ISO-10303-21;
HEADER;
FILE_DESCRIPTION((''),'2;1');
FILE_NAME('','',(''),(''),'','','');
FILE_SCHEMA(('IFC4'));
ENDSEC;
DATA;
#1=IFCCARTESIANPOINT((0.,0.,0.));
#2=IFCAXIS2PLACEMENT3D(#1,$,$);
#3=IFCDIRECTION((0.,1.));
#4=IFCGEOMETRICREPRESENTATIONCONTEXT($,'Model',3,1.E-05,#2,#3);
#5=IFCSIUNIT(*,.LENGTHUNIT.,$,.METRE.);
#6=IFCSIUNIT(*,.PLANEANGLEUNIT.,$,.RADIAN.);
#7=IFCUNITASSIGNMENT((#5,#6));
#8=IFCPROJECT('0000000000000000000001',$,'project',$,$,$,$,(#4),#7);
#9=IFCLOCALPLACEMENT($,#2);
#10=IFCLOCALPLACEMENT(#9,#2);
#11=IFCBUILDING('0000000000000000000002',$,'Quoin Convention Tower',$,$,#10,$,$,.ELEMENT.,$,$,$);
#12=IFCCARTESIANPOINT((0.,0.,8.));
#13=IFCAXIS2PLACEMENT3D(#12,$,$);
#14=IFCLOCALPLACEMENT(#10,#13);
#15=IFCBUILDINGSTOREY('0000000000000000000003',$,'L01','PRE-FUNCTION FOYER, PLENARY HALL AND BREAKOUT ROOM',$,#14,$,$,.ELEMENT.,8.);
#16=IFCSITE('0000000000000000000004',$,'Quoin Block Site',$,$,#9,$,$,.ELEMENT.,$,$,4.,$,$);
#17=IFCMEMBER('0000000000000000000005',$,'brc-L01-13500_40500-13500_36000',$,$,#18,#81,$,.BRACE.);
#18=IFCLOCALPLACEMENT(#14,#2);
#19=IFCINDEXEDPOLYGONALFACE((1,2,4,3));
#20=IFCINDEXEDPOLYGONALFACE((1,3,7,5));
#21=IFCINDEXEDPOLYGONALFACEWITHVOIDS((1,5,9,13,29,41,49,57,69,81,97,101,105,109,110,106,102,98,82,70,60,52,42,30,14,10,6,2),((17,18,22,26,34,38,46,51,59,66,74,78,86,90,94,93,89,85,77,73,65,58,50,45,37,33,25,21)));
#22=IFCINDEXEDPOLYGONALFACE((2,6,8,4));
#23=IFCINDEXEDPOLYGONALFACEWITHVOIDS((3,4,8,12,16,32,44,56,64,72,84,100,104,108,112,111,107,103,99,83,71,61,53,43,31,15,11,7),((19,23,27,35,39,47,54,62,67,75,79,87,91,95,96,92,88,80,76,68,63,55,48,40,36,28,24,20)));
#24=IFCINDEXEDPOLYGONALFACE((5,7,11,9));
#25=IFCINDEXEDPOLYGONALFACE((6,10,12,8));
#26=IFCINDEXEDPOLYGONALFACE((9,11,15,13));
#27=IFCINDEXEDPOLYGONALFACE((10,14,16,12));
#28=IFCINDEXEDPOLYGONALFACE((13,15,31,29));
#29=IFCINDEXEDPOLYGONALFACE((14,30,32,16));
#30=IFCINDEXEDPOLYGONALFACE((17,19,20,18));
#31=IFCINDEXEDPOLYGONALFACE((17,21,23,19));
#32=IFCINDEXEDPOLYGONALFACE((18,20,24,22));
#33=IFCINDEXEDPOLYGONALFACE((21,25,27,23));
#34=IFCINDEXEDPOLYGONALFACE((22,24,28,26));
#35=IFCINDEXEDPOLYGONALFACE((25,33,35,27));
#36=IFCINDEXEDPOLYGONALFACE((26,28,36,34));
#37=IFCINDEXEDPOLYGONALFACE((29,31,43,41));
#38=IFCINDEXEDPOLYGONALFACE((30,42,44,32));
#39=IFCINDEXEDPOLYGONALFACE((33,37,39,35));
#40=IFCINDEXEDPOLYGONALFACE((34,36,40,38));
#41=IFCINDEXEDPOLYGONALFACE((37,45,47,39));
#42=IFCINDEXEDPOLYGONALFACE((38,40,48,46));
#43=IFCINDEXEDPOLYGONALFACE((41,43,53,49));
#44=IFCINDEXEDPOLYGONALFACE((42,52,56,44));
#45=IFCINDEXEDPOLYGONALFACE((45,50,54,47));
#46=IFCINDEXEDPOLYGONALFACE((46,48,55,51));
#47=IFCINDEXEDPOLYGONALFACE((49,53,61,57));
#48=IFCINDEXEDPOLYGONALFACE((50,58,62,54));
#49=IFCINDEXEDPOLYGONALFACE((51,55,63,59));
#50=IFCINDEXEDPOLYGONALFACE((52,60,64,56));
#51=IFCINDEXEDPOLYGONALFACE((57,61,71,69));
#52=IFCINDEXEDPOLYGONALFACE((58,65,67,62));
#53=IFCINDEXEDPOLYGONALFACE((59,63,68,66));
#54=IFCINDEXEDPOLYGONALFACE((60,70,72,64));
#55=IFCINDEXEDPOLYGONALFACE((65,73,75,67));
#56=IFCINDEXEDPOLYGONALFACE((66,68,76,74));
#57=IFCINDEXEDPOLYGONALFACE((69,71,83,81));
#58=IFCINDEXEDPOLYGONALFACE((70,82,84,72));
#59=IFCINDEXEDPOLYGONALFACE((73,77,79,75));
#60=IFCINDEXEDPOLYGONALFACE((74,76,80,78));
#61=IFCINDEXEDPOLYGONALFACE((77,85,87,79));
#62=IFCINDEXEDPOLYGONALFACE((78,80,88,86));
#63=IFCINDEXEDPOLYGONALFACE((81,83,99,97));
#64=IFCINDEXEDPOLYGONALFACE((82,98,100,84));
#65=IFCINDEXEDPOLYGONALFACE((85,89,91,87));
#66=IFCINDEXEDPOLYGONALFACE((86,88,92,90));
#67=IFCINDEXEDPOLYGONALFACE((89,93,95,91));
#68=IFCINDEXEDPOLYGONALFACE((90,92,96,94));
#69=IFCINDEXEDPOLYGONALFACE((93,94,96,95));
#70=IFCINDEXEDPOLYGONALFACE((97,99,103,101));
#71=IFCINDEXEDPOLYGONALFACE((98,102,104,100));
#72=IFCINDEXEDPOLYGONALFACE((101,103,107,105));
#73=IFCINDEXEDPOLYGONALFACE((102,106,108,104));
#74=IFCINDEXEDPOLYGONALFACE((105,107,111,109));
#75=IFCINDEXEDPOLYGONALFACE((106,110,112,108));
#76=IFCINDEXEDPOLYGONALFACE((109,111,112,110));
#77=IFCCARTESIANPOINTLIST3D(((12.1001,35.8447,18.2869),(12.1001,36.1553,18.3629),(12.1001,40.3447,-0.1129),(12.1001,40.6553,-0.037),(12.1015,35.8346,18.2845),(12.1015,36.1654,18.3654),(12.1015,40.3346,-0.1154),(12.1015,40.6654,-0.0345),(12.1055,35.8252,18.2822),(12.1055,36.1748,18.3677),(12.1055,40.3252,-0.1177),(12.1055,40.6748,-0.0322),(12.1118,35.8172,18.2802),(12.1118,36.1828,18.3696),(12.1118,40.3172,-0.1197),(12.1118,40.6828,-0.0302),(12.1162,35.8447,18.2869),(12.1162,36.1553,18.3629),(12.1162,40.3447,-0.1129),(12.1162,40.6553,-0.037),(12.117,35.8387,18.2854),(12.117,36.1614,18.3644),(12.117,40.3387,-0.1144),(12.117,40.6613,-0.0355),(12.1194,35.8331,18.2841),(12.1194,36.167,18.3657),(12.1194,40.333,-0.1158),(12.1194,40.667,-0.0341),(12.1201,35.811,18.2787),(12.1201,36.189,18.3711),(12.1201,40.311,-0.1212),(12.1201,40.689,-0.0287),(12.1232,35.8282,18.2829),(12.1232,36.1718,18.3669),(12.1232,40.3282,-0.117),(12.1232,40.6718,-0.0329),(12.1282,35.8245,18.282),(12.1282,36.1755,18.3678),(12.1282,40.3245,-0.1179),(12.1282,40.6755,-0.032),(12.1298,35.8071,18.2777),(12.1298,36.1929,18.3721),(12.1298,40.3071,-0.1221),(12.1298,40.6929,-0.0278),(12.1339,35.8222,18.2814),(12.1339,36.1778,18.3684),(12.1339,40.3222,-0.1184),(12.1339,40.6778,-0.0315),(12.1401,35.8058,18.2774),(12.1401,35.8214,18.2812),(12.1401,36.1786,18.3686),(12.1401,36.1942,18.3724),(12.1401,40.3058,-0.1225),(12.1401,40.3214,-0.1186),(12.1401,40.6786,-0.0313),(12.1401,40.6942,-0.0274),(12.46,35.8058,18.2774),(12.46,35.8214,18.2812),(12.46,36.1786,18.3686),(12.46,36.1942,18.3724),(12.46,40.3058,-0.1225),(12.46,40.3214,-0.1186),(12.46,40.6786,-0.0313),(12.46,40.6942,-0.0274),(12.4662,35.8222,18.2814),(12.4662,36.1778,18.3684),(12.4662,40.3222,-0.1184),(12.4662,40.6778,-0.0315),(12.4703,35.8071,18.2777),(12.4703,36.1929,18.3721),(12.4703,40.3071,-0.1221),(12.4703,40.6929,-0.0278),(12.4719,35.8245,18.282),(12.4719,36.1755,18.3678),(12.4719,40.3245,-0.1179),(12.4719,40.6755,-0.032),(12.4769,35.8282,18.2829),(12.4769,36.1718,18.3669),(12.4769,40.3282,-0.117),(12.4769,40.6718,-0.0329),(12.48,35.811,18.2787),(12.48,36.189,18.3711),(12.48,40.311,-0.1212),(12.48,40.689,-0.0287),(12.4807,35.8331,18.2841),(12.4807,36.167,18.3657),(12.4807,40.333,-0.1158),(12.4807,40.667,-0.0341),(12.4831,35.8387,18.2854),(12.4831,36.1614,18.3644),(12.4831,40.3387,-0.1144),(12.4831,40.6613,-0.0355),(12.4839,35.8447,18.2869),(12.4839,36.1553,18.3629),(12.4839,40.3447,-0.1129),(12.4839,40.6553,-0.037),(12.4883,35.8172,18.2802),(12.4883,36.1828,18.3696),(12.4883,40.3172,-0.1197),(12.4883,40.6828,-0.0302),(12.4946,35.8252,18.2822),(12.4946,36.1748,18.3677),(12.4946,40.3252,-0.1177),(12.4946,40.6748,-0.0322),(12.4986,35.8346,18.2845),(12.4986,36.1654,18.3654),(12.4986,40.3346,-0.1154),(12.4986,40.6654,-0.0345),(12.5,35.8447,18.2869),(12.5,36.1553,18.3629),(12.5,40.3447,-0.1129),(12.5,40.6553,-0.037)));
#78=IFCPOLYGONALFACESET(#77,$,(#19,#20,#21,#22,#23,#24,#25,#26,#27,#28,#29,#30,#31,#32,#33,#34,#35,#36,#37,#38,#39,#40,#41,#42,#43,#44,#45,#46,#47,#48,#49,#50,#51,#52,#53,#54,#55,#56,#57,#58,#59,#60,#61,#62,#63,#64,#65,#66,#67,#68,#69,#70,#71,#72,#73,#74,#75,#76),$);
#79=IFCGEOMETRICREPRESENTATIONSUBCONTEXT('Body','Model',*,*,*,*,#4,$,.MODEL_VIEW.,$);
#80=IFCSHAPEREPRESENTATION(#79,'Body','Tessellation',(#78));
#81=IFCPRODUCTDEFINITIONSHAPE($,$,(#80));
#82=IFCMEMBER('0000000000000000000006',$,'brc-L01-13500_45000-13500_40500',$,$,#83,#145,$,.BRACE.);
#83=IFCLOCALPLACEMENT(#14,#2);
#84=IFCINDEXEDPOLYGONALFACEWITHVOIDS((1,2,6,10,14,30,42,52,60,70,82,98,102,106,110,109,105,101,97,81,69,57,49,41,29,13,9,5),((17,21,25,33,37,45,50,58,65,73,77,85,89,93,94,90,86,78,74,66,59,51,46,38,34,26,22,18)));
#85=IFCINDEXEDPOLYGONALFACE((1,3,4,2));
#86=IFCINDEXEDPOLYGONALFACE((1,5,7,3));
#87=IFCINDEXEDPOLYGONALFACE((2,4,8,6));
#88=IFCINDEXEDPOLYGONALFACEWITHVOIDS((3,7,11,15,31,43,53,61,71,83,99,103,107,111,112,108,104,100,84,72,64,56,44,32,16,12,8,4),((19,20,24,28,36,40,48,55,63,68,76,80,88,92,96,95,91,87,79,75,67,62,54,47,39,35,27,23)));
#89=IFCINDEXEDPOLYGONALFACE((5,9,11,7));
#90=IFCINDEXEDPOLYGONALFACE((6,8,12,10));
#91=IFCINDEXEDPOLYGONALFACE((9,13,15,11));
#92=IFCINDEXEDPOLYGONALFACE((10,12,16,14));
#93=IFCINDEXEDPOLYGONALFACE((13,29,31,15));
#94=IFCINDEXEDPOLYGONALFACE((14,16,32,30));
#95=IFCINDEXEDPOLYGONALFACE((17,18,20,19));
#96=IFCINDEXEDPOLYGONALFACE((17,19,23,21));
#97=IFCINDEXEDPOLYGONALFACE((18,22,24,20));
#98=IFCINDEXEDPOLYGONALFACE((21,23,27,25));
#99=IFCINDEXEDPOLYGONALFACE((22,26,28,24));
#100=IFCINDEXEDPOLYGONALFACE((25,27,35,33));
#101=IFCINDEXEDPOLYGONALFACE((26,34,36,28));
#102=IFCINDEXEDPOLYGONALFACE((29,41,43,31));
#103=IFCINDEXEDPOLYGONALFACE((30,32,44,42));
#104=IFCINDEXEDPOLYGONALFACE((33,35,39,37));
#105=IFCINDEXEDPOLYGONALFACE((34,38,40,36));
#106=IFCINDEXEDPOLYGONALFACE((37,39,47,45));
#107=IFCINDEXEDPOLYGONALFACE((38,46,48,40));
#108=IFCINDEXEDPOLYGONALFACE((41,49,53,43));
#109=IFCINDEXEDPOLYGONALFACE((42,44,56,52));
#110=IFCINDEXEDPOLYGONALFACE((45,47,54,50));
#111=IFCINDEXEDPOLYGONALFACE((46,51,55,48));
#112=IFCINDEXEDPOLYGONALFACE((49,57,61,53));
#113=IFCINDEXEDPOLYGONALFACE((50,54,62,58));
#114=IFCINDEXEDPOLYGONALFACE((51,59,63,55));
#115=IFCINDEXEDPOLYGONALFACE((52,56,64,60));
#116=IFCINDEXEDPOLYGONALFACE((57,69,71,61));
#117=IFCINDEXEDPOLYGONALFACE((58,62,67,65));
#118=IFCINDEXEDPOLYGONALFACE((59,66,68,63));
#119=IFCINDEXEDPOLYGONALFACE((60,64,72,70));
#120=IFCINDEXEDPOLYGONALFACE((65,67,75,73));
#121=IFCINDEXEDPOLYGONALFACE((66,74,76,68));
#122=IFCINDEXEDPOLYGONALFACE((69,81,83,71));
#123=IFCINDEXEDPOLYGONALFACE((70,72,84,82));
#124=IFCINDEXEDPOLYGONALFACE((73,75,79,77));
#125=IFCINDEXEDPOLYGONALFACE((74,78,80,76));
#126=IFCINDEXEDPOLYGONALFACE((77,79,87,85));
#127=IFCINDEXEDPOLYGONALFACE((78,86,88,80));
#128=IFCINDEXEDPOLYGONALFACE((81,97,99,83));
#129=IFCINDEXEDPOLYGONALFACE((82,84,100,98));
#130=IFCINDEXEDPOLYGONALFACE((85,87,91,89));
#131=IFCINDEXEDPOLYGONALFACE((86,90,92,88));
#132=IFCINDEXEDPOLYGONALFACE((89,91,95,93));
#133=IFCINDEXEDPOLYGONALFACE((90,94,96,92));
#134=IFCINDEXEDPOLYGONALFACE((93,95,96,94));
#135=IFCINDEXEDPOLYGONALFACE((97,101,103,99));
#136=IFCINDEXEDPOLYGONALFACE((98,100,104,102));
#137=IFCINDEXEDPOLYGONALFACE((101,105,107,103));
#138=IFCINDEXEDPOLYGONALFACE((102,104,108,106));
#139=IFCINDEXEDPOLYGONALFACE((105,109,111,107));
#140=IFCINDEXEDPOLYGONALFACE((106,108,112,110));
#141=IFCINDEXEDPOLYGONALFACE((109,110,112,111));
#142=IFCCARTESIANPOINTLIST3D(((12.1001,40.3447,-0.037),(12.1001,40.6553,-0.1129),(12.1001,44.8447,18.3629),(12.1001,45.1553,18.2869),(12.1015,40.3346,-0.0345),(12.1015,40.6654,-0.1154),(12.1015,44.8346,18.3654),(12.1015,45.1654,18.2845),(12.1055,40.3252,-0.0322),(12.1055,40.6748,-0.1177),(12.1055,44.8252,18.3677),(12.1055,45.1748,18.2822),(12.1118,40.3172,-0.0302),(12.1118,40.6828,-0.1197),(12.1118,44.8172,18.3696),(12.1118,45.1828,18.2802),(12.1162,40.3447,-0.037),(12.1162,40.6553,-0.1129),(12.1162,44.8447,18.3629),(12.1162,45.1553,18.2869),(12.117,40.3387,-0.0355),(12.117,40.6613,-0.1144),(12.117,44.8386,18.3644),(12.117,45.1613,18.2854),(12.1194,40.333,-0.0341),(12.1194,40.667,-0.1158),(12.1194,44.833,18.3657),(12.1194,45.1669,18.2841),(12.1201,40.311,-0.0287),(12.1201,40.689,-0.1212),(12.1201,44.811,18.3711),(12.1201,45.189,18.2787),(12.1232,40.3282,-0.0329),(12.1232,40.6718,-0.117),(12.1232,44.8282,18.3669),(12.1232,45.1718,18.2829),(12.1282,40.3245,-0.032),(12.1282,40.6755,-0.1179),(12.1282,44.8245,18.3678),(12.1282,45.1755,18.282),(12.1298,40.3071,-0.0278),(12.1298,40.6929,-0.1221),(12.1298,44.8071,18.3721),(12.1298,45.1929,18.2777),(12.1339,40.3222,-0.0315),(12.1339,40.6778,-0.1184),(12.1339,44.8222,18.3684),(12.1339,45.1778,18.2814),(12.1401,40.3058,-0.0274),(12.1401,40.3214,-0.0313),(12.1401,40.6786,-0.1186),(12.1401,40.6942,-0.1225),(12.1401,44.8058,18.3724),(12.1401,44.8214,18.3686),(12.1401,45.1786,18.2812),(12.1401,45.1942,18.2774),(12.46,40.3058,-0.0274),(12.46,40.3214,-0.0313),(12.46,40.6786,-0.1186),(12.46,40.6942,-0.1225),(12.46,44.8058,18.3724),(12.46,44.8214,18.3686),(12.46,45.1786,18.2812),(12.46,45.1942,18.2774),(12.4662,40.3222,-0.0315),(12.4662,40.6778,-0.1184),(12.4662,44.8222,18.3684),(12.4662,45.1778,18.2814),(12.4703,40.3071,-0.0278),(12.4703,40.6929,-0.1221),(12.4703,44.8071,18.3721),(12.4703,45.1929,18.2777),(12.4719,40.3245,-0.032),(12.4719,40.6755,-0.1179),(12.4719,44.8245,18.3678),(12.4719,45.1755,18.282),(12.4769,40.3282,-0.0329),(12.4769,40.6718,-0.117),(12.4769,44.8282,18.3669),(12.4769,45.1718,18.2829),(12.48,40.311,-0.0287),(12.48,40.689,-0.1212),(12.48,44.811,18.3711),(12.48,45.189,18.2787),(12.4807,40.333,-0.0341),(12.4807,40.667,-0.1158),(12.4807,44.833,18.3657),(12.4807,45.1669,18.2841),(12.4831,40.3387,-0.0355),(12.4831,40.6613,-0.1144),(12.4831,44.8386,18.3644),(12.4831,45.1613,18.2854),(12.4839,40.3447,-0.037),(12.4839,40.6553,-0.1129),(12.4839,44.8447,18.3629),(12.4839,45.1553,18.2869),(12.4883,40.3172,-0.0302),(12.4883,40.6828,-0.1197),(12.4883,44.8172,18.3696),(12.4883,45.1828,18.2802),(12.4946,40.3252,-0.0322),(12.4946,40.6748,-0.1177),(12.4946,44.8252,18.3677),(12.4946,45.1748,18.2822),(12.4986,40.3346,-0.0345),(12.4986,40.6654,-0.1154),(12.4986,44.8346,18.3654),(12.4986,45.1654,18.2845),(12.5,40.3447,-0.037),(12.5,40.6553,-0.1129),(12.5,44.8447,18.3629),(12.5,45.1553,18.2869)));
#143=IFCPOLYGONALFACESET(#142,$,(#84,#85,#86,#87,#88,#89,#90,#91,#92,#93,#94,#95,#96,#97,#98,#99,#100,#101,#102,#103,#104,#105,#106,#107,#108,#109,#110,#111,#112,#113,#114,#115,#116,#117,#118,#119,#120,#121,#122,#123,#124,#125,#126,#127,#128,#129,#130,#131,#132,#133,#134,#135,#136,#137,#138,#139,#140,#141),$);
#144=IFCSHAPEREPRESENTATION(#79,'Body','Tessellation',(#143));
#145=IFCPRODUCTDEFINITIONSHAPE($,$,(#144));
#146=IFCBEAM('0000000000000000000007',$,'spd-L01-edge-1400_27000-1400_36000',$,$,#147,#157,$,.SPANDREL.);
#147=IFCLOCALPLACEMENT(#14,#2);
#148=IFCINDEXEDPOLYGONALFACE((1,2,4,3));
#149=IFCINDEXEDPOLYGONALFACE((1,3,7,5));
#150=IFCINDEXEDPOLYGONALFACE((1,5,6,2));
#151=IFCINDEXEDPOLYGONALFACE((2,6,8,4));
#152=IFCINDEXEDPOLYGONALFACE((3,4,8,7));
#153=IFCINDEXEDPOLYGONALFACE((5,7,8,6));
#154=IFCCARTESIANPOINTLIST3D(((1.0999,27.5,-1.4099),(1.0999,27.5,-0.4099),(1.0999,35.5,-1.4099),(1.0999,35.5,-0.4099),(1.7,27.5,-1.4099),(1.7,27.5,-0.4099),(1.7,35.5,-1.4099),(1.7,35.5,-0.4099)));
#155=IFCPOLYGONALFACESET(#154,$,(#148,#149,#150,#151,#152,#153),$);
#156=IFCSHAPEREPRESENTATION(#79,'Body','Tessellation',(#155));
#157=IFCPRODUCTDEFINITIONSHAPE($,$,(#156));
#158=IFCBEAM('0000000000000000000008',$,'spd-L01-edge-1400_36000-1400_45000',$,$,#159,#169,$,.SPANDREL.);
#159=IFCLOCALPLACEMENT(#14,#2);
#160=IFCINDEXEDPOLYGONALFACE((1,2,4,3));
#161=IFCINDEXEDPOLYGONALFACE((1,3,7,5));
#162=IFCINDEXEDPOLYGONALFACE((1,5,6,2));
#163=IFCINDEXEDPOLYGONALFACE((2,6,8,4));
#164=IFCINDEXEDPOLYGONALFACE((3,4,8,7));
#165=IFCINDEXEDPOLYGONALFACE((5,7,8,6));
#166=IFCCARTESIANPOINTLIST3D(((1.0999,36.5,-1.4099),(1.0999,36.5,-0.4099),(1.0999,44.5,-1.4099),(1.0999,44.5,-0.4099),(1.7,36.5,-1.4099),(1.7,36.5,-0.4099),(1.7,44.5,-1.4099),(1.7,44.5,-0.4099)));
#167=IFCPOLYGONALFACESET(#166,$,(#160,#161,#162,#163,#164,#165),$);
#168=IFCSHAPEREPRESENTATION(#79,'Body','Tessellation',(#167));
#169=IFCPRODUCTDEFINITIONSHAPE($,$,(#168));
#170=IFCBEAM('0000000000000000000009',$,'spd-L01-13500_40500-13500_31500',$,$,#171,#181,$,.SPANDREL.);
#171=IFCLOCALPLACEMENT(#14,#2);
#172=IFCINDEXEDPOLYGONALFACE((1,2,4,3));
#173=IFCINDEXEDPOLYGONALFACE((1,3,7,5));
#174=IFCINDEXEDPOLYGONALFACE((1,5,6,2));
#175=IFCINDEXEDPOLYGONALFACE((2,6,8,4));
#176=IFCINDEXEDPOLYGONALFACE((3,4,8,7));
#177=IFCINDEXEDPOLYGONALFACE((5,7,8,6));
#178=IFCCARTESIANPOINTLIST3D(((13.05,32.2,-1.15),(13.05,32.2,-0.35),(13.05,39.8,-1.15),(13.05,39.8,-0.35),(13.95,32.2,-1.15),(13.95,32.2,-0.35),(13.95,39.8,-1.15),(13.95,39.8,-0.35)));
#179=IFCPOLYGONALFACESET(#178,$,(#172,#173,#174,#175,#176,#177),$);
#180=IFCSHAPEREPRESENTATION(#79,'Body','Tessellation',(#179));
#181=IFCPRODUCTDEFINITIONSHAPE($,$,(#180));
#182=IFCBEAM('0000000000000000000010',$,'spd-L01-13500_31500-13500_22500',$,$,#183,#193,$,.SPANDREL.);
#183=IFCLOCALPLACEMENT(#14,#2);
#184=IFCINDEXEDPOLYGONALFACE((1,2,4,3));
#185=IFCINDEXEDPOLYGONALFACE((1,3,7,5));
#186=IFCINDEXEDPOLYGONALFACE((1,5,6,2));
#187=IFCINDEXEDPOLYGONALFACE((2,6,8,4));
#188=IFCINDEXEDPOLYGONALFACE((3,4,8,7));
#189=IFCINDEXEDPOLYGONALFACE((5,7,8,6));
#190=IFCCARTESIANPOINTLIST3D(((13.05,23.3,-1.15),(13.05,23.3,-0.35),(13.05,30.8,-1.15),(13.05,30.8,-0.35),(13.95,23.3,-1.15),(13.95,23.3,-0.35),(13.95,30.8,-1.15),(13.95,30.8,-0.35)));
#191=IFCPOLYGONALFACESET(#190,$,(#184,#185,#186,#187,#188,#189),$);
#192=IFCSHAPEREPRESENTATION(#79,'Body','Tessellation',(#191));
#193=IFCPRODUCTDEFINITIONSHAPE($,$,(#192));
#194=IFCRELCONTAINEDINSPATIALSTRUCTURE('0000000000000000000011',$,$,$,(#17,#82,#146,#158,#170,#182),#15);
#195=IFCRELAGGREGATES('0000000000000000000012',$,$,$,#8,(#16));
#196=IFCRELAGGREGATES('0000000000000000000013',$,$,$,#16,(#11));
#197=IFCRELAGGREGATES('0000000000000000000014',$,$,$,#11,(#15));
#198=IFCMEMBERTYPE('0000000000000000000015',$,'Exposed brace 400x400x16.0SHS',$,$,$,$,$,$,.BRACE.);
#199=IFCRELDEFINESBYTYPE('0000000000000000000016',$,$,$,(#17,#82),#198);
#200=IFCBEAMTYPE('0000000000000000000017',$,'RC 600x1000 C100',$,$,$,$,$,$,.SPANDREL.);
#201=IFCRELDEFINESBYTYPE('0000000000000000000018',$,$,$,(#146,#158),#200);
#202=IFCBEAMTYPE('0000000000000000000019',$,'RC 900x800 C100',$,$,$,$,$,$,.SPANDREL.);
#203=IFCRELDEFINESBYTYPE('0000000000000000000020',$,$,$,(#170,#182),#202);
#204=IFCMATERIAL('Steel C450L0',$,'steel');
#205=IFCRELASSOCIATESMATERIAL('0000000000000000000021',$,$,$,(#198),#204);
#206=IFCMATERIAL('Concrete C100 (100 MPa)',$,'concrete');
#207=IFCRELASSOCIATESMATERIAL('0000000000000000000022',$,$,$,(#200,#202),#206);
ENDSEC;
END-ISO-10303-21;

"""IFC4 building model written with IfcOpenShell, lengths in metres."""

from ifc_helpers import new_model, si_unit, direction, frame, origin, origin_2d, place, context, subcontext, project, spatial, rectangle, hollow_rectangle, extrude, material, material_profile, profile_set, type_object, element, save


model = new_model("IFC4")

# Units and contexts
model_context = context("Model", 3, precision=1e-05, world=origin(), true_north=direction((0.0, 1.0)))
body_context = subcontext(model_context, "Body", "Model", "MODEL_VIEW")
ifc_project = project(units=[si_unit("LENGTHUNIT", "METRE"), si_unit("PLANEANGLEUNIT", "RADIAN")], contexts=[model_context])

# Site, building, storey
site_placement = place(None, origin())
site = spatial("IfcSite", under=ifc_project, at=site_placement, Name="Quoin Block Site", CompositionType="ELEMENT", RefElevation=4.0)
building_placement = place(site_placement, origin())
building = spatial("IfcBuilding", under=site, at=building_placement, Name="Quoin Convention Tower", CompositionType="ELEMENT")
storey_placement = place(building_placement, frame((0.0, 0.0, 8.0)))
storey = spatial("IfcBuildingStorey", under=building, at=storey_placement, Name="L01", Description="PRE-FUNCTION FOYER, PLENARY HALL AND BREAKOUT ROOM", CompositionType="ELEMENT", Elevation=8.0)

# Shared definitions
ifc_material_1 = material(Name="Concrete C100 (100 MPa)", Category="concrete")

# Shared definitions
ifc_material_2 = material(Name="Steel C450L0", Category="steel")

# Members
ifc_material_profile_1 = material_profile(ifc_material_2, hollow_rectangle(XDim=0.3999, YDim=0.3999, WallThickness=0.0161, InnerFilletRadius=0.0239, OuterFilletRadius=0.04, at=origin_2d()), Name="400x400x16.0SHS")
ifc_profile_set_1 = profile_set([ifc_material_profile_1], Name="Steel C450L0")
member_type = type_object("IfcMemberType", Name="Exposed brace 400x400x16.0SHS", PredefinedType="BRACE", material=ifc_profile_set_1)
for number, where, z_axis, x_axis, name in (
    (1, (12.3, 40.5, -0.075), (0.0, -0.237565, 0.971372), (1.0, 0.0, 0.0), "brc-L01-13500_40500-13500_36000"),
    (2, (12.3, 40.5, -0.075), (0.0, 0.237565, 0.971372), (-1.0, 0.0, 0.0), "brc-L01-13500_45000-13500_40500"),
):
    element("IfcMember", number, at=place(storey_placement, frame(where, z_axis=z_axis, x_axis=x_axis)), inside=storey, type_object=member_type, Name=name, PredefinedType="BRACE", context=body_context, shape_type="SweptSolid", body=[
        extrude(hollow_rectangle(XDim=0.3999, YDim=0.3999, WallThickness=0.0161, InnerFilletRadius=0.0239, OuterFilletRadius=0.04, at=origin_2d()), origin(), (0.0, 0.0, 1.0), 18.9421),
    ])

# Beams
ifc_material_profile_2 = material_profile(ifc_material_1, rectangle(XDim=0.6001, YDim=1.0, at=origin_2d()), Name="RC 600x1000")
ifc_profile_set_2 = profile_set([ifc_material_profile_2], Name="Concrete C100 (100 MPa)")
beam_type_1 = type_object("IfcBeamType", Name="RC 600x1000 C100", PredefinedType="SPANDREL", material=ifc_profile_set_2)
for number, where, z_axis, x_axis, name in (
    (3, (1.3999, 27.5, -0.9099), (0.0, 1.0, 0.0), (-1.0, 0.0, 0.0), "spd-L01-edge-1400_27000-1400_36000"),
    (4, (1.3999, 36.5, -0.9099), (0.0, 1.0, 0.0), (-1.0, 0.0, 0.0), "spd-L01-edge-1400_36000-1400_45000"),
):
    element("IfcBeam", number, at=place(storey_placement, frame(where, z_axis=z_axis, x_axis=x_axis)), inside=storey, type_object=beam_type_1, Name=name, PredefinedType="SPANDREL", context=body_context, shape_type="SweptSolid", body=[
        extrude(rectangle(XDim=0.6001, YDim=1.0, at=origin_2d()), origin(), (0.0, 0.0, 1.0), 8.0),
    ])
ifc_material_profile_3 = material_profile(ifc_material_1, rectangle(XDim=0.8999, YDim=0.8, at=origin_2d()), Name="RC 900x800")
ifc_profile_set_3 = profile_set([ifc_material_profile_3], Name="Concrete C100 (100 MPa)")
beam_type_2 = type_object("IfcBeamType", Name="RC 900x800 C100", PredefinedType="SPANDREL", material=ifc_profile_set_3)
beam_1_placement = place(storey_placement, frame((13.5, 39.8, -0.75), z_axis=(0.0, -1.0, 0.0), x_axis=(1.0, 0.0, 0.0)))
element("IfcBeam", 5, at=beam_1_placement, inside=storey, type_object=beam_type_2, Name="spd-L01-13500_40500-13500_31500", PredefinedType="SPANDREL", context=body_context, shape_type="SweptSolid", body=[
    extrude(rectangle(XDim=0.8999, YDim=0.8, at=origin_2d()), origin(), (0.0, 0.0, 1.0), 7.6001),
])
beam_2_placement = place(storey_placement, frame((13.5, 30.8, -0.75), z_axis=(0.0, -1.0, 0.0), x_axis=(1.0, 0.0, 0.0)))
element("IfcBeam", 6, at=beam_2_placement, inside=storey, type_object=beam_type_2, Name="spd-L01-13500_31500-13500_22500", PredefinedType="SPANDREL", context=body_context, shape_type="SweptSolid", body=[
    extrude(rectangle(XDim=0.8999, YDim=0.8, at=origin_2d()), origin(), (0.0, 0.0, 1.0), 7.5),
])

save(model, "model.ifc")
